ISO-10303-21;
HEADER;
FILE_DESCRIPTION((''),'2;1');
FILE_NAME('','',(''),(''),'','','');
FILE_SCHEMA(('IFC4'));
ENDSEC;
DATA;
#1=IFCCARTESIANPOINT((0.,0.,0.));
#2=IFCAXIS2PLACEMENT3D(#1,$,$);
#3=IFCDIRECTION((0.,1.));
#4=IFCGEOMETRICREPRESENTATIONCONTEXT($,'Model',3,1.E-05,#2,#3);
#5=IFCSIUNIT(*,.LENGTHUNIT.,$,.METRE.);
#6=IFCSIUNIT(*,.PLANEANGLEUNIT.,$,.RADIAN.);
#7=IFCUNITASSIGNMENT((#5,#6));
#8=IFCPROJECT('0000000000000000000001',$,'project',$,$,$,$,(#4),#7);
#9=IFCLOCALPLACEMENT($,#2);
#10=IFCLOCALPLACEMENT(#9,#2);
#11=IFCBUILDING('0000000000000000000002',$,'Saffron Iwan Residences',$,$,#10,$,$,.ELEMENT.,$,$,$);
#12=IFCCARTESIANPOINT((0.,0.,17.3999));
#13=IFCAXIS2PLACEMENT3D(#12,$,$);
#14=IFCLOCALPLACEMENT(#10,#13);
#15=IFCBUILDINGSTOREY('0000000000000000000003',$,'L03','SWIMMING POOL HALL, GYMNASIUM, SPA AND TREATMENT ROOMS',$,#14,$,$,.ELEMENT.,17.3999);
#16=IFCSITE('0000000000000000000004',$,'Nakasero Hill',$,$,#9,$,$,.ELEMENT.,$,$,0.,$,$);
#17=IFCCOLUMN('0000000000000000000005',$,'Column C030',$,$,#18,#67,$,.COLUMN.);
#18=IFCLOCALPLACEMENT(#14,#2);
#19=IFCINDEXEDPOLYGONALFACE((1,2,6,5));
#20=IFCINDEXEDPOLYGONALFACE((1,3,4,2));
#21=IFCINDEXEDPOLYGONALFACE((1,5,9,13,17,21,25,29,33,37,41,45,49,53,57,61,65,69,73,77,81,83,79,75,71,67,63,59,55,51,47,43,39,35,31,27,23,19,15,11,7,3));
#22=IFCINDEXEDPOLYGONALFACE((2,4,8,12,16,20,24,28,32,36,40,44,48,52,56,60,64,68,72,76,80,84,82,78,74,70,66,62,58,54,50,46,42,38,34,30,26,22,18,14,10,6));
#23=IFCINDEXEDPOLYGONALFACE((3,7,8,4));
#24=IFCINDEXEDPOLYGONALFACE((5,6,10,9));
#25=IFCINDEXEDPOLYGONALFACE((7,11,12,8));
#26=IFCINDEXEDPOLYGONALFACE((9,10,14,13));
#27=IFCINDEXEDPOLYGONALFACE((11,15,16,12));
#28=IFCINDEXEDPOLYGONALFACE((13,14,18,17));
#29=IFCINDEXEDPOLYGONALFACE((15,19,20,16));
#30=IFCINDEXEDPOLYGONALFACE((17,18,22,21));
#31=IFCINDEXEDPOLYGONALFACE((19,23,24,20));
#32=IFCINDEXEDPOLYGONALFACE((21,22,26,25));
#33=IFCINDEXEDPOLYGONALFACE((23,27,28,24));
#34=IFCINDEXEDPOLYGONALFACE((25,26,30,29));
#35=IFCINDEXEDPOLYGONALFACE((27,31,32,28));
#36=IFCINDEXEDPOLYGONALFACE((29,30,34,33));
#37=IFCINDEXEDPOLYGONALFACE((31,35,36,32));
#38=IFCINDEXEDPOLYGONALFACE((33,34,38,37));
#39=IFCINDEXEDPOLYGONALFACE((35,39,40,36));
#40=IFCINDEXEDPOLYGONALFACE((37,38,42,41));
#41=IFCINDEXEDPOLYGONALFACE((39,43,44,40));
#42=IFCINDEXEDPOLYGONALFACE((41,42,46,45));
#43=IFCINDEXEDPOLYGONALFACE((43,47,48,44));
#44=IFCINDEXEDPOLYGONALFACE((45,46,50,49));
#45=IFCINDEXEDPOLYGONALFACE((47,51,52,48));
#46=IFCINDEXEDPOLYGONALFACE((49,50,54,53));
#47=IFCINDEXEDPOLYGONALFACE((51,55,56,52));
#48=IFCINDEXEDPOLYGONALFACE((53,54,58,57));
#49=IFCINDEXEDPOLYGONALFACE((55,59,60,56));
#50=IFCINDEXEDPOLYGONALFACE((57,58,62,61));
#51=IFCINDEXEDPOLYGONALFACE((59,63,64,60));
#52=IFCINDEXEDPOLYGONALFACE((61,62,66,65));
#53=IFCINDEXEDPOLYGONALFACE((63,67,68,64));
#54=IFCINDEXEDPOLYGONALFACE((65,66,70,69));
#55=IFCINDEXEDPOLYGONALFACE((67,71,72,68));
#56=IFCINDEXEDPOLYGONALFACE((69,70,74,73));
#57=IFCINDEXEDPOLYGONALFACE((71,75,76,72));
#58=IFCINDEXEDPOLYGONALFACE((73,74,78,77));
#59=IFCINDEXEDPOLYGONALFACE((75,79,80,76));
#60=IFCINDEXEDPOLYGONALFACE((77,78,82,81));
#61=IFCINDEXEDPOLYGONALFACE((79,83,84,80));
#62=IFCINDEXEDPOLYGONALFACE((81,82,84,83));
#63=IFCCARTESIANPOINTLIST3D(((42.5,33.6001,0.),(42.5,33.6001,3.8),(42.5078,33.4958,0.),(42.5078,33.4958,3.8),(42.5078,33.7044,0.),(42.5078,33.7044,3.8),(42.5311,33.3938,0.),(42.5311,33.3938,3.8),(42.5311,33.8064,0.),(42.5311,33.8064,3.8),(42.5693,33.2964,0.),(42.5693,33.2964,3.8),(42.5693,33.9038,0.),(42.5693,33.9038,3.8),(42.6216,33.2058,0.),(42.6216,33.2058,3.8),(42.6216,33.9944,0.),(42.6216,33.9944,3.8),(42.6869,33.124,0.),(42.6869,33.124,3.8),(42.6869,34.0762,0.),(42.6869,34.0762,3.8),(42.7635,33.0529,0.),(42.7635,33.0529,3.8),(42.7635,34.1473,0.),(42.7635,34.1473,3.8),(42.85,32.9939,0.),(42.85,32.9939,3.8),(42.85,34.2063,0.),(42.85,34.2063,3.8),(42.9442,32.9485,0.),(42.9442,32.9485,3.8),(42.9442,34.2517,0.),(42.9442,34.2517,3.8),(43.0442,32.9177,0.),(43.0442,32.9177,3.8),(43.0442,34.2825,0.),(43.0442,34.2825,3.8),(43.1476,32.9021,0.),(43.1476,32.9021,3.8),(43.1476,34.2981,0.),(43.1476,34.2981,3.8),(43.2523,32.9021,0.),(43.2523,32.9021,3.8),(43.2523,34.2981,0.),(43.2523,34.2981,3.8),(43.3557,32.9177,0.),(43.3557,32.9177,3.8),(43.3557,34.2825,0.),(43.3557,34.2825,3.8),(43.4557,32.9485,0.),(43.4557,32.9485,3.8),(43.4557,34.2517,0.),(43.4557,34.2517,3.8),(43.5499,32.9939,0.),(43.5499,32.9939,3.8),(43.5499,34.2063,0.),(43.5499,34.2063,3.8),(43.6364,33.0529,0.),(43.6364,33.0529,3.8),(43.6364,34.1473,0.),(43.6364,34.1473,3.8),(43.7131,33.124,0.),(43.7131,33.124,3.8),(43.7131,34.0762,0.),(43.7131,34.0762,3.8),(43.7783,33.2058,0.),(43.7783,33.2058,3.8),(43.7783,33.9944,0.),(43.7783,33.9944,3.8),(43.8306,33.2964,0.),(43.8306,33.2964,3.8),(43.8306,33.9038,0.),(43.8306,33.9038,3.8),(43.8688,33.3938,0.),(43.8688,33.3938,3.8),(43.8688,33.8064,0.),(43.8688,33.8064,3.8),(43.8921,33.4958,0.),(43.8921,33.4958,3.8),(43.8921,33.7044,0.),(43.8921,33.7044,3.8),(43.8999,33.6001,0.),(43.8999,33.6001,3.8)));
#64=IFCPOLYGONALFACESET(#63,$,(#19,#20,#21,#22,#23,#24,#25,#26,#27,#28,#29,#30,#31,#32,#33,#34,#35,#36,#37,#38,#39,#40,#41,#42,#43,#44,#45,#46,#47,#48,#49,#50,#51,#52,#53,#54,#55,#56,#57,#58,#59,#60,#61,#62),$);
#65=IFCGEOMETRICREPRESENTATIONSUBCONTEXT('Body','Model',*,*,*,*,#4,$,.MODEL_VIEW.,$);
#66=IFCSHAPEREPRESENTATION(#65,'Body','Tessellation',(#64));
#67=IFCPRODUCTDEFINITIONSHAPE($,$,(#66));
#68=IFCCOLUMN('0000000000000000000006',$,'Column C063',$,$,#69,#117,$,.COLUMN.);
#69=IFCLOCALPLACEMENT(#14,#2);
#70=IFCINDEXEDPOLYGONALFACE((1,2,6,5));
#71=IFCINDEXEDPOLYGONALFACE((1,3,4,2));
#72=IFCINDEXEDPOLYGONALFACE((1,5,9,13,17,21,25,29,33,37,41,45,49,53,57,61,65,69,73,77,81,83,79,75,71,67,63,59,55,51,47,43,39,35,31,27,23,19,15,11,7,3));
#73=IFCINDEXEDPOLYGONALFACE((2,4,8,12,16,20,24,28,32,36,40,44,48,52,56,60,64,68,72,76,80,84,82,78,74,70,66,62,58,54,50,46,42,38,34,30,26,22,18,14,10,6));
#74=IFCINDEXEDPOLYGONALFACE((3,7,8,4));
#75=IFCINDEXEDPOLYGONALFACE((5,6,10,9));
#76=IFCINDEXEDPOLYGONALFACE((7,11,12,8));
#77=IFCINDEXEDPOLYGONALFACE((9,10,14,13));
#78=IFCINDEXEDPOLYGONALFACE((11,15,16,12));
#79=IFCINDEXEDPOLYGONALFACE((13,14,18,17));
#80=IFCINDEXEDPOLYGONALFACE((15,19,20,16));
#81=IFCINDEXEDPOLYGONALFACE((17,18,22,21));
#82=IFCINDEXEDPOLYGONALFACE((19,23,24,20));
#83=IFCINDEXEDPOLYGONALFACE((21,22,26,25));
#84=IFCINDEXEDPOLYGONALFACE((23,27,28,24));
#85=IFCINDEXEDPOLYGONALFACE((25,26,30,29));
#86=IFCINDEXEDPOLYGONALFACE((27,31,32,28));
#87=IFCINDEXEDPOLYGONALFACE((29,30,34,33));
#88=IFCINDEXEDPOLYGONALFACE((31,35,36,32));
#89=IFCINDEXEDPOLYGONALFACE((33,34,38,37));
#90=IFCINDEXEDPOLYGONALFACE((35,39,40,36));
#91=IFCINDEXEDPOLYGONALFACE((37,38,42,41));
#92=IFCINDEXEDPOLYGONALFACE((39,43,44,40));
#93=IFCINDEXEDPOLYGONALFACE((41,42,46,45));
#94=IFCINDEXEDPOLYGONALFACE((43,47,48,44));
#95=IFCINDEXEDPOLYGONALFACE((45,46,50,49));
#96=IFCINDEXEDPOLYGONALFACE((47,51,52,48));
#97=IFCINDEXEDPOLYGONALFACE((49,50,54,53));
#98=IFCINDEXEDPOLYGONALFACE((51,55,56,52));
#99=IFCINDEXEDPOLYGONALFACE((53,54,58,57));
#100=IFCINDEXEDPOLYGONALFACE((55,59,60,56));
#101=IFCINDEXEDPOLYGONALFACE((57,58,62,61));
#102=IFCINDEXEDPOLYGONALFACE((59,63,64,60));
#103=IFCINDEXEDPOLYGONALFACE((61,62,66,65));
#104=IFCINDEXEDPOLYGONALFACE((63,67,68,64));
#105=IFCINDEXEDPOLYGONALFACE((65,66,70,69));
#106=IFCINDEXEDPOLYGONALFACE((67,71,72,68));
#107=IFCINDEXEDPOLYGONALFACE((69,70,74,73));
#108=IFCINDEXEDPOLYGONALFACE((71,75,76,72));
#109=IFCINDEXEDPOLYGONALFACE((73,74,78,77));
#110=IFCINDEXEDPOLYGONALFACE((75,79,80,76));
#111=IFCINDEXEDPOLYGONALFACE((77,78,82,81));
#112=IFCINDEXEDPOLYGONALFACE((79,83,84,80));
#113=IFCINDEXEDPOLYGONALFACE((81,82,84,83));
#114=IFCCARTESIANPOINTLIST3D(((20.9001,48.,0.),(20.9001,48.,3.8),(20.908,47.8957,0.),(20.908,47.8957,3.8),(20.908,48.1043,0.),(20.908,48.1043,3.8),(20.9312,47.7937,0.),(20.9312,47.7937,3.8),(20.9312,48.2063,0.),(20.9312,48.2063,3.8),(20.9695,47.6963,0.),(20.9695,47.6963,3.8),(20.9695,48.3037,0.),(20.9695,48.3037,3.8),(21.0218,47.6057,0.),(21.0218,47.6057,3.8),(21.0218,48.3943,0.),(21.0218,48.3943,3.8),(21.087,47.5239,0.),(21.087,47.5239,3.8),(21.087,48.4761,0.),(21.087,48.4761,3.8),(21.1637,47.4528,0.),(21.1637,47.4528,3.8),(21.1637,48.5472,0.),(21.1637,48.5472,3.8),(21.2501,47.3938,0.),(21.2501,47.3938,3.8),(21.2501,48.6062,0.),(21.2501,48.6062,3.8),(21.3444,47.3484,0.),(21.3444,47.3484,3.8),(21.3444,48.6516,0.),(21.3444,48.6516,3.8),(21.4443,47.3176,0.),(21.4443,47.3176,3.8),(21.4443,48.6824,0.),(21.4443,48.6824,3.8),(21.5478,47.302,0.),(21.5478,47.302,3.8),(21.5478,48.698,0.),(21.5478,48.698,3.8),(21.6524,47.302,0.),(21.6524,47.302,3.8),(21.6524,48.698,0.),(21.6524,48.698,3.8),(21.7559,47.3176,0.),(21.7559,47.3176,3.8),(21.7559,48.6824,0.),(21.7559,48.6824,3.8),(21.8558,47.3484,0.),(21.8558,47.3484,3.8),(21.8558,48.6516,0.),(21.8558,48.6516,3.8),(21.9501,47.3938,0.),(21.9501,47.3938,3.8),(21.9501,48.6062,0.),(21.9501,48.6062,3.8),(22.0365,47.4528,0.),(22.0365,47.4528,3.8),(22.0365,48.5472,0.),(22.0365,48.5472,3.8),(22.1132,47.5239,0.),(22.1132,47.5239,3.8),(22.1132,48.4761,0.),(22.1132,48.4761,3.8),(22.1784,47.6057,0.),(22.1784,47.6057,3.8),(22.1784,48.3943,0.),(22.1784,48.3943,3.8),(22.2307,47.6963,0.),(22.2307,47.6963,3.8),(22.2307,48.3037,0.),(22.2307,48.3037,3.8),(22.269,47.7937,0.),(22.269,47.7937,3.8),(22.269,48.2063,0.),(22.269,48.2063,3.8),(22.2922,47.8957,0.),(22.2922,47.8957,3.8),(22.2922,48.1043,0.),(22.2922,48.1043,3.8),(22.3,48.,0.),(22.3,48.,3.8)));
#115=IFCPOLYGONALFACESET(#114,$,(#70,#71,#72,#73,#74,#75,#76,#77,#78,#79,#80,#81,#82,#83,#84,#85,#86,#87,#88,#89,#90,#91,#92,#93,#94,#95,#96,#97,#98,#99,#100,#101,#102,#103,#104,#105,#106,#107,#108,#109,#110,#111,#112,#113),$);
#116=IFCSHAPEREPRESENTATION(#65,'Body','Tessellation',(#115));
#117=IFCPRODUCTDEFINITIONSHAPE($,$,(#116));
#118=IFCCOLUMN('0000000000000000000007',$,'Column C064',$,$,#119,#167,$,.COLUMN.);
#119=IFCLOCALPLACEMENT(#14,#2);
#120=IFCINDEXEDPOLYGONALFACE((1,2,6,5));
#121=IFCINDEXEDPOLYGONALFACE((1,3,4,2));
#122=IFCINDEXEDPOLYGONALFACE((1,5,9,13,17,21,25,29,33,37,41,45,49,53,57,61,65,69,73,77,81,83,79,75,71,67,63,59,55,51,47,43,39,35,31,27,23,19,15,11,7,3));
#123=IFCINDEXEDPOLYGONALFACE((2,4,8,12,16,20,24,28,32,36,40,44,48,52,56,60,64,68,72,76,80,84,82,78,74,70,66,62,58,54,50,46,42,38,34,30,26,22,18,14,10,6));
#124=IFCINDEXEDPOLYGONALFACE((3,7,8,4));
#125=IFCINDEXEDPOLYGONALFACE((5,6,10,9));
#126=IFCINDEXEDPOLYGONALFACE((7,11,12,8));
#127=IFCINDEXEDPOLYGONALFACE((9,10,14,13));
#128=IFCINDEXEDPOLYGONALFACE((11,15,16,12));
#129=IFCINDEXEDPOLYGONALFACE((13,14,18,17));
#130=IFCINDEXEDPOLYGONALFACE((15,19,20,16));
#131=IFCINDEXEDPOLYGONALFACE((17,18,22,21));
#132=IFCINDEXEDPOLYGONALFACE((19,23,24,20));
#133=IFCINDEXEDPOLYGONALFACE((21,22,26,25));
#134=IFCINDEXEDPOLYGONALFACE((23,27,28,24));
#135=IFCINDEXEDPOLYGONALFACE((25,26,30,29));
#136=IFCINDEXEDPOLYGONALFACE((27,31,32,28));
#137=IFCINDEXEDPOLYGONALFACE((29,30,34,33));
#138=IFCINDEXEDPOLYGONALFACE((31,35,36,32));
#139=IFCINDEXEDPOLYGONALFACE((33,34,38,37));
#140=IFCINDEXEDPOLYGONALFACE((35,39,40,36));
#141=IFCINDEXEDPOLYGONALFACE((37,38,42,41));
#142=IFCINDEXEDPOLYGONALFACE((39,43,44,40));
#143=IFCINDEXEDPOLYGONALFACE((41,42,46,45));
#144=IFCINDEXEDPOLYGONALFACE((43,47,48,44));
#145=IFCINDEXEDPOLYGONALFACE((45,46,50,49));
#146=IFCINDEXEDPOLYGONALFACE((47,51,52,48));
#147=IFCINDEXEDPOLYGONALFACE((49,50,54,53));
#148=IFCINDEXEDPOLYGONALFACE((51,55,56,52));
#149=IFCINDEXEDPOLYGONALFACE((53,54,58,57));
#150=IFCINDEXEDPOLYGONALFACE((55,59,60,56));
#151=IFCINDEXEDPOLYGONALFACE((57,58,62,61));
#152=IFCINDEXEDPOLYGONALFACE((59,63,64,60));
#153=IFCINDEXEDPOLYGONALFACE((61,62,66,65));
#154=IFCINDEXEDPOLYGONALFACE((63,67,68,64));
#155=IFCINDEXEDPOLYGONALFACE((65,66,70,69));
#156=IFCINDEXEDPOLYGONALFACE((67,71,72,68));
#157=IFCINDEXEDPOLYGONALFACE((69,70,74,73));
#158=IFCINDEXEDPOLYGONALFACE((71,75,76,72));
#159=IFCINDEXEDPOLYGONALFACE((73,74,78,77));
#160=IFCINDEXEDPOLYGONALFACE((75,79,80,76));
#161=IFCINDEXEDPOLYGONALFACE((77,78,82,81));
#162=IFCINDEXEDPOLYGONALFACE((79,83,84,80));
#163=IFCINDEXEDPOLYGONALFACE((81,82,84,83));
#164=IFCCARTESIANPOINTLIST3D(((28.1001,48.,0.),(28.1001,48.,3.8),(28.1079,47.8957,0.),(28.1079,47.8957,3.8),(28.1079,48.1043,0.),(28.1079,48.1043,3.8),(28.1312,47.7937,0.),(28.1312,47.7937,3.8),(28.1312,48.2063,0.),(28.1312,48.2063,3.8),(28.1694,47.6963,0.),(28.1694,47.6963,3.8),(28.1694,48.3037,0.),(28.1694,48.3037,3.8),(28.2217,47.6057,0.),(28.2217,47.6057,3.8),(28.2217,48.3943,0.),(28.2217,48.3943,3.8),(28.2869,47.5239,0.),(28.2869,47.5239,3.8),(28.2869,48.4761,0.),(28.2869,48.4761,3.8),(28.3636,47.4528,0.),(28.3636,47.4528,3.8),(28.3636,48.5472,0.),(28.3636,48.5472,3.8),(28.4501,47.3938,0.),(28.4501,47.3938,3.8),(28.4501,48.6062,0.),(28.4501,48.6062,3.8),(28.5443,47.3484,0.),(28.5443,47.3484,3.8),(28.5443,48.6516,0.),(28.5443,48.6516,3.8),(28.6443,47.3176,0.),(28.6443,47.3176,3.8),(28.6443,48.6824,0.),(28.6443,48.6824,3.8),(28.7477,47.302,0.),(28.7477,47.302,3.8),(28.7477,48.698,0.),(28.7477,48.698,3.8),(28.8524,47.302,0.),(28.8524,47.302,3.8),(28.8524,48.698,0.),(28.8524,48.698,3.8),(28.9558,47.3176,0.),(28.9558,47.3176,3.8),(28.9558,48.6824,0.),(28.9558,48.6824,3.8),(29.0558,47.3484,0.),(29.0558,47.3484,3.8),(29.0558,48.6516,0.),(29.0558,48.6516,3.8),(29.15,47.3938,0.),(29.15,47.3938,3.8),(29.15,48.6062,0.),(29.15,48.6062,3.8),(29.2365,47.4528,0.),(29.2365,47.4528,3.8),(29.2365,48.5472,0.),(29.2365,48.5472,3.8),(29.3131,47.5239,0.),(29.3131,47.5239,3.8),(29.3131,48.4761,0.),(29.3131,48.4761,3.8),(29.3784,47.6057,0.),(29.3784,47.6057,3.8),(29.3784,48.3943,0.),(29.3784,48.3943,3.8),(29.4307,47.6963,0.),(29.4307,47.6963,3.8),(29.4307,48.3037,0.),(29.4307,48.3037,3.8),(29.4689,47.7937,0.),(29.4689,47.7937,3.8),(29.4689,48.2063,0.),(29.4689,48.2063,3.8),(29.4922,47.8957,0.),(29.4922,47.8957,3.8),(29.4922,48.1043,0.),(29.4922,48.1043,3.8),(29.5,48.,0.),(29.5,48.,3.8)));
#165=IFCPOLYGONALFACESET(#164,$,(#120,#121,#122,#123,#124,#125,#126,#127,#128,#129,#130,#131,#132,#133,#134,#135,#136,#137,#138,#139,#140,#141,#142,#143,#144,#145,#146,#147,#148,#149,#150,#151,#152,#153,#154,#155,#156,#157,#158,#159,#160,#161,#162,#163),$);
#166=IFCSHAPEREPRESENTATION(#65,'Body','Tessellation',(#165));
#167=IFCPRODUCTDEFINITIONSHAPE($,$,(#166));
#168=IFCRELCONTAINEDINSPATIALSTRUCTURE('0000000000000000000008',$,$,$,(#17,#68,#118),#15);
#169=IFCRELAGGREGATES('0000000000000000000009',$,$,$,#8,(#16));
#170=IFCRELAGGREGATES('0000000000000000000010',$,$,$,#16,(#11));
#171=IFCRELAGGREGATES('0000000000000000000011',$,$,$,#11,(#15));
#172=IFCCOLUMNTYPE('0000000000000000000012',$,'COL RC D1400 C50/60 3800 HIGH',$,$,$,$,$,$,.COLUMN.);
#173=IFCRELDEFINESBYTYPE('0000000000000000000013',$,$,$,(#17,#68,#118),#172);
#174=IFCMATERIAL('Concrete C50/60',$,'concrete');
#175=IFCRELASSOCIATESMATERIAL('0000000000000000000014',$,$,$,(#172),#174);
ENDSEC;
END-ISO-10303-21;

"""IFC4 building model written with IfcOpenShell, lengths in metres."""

from ifc_helpers import new_model, si_unit, direction, frame, origin, origin_2d, place, context, subcontext, project, spatial, circle, extrude, source, transform, mapped, material, material_profile, profile_set, type_object, element, save


model = new_model("IFC4")

# Units and contexts
model_context = context("Model", 3, precision=1e-05, world=origin(), true_north=direction((0.0, 1.0)))
body_context = subcontext(model_context, "Body", "Model", "MODEL_VIEW")
ifc_project = project(units=[si_unit("LENGTHUNIT", "METRE"), si_unit("PLANEANGLEUNIT", "RADIAN")], contexts=[model_context])

# Site, building, storey
site_placement = place(None, origin())
site = spatial("IfcSite", under=ifc_project, at=site_placement, Name="Nakasero Hill", CompositionType="ELEMENT", RefElevation=0.0)
building_placement = place(site_placement, origin())
building = spatial("IfcBuilding", under=site, at=building_placement, Name="Saffron Iwan Residences", CompositionType="ELEMENT")
storey_placement = place(building_placement, frame((0.0, 0.0, 17.3999)))
storey = spatial("IfcBuildingStorey", under=building, at=storey_placement, Name="L03", Description="SWIMMING POOL HALL, GYMNASIUM, SPA AND TREATMENT ROOMS", CompositionType="ELEMENT", Elevation=17.3999)

# Columns
ifc_material_1 = material(Name="Concrete C50/60", Category="concrete")
ifc_material_profile_1 = material_profile(ifc_material_1, circle(Radius=0.7, at=origin_2d()), Name="RC D1400")
ifc_profile_set_1 = profile_set([ifc_material_profile_1], Name="Concrete C50/60")
column_type = type_object("IfcColumnType", Name="COL RC D1400 C50/60 3800 HIGH", PredefinedType="COLUMN", material=ifc_profile_set_1)
shared_shape_1 = source(origin(), body_context, "Body", "SweptSolid", [
    extrude(circle(Radius=0.7, at=origin_2d()), origin(), (0.0, 0.0, 1.0), 3.8),
])
for number, where, z_axis, x_axis, name in (
    (1, (43.2, 33.6001, 0.0), (0.0, 0.0, 1.0), (1.0, 0.0, 0.0), "Column C030"),
    (2, (21.6001, 48.0, 0.0), (0.0, 0.0, 1.0), (1.0, 0.0, 0.0), "Column C063"),
    (3, (28.8, 48.0, 0.0), (0.0, 0.0, 1.0), (1.0, 0.0, 0.0), "Column C064"),
):
    element("IfcColumn", number, at=place(storey_placement, frame(where, z_axis=z_axis, x_axis=x_axis)), inside=storey, type_object=column_type, Name=name, PredefinedType="COLUMN", context=body_context, shape_type="MappedRepresentation", body=[
        mapped(shared_shape_1, transform((0.0, 0.0, 0.0))),
    ])

save(model, "model.ifc")
